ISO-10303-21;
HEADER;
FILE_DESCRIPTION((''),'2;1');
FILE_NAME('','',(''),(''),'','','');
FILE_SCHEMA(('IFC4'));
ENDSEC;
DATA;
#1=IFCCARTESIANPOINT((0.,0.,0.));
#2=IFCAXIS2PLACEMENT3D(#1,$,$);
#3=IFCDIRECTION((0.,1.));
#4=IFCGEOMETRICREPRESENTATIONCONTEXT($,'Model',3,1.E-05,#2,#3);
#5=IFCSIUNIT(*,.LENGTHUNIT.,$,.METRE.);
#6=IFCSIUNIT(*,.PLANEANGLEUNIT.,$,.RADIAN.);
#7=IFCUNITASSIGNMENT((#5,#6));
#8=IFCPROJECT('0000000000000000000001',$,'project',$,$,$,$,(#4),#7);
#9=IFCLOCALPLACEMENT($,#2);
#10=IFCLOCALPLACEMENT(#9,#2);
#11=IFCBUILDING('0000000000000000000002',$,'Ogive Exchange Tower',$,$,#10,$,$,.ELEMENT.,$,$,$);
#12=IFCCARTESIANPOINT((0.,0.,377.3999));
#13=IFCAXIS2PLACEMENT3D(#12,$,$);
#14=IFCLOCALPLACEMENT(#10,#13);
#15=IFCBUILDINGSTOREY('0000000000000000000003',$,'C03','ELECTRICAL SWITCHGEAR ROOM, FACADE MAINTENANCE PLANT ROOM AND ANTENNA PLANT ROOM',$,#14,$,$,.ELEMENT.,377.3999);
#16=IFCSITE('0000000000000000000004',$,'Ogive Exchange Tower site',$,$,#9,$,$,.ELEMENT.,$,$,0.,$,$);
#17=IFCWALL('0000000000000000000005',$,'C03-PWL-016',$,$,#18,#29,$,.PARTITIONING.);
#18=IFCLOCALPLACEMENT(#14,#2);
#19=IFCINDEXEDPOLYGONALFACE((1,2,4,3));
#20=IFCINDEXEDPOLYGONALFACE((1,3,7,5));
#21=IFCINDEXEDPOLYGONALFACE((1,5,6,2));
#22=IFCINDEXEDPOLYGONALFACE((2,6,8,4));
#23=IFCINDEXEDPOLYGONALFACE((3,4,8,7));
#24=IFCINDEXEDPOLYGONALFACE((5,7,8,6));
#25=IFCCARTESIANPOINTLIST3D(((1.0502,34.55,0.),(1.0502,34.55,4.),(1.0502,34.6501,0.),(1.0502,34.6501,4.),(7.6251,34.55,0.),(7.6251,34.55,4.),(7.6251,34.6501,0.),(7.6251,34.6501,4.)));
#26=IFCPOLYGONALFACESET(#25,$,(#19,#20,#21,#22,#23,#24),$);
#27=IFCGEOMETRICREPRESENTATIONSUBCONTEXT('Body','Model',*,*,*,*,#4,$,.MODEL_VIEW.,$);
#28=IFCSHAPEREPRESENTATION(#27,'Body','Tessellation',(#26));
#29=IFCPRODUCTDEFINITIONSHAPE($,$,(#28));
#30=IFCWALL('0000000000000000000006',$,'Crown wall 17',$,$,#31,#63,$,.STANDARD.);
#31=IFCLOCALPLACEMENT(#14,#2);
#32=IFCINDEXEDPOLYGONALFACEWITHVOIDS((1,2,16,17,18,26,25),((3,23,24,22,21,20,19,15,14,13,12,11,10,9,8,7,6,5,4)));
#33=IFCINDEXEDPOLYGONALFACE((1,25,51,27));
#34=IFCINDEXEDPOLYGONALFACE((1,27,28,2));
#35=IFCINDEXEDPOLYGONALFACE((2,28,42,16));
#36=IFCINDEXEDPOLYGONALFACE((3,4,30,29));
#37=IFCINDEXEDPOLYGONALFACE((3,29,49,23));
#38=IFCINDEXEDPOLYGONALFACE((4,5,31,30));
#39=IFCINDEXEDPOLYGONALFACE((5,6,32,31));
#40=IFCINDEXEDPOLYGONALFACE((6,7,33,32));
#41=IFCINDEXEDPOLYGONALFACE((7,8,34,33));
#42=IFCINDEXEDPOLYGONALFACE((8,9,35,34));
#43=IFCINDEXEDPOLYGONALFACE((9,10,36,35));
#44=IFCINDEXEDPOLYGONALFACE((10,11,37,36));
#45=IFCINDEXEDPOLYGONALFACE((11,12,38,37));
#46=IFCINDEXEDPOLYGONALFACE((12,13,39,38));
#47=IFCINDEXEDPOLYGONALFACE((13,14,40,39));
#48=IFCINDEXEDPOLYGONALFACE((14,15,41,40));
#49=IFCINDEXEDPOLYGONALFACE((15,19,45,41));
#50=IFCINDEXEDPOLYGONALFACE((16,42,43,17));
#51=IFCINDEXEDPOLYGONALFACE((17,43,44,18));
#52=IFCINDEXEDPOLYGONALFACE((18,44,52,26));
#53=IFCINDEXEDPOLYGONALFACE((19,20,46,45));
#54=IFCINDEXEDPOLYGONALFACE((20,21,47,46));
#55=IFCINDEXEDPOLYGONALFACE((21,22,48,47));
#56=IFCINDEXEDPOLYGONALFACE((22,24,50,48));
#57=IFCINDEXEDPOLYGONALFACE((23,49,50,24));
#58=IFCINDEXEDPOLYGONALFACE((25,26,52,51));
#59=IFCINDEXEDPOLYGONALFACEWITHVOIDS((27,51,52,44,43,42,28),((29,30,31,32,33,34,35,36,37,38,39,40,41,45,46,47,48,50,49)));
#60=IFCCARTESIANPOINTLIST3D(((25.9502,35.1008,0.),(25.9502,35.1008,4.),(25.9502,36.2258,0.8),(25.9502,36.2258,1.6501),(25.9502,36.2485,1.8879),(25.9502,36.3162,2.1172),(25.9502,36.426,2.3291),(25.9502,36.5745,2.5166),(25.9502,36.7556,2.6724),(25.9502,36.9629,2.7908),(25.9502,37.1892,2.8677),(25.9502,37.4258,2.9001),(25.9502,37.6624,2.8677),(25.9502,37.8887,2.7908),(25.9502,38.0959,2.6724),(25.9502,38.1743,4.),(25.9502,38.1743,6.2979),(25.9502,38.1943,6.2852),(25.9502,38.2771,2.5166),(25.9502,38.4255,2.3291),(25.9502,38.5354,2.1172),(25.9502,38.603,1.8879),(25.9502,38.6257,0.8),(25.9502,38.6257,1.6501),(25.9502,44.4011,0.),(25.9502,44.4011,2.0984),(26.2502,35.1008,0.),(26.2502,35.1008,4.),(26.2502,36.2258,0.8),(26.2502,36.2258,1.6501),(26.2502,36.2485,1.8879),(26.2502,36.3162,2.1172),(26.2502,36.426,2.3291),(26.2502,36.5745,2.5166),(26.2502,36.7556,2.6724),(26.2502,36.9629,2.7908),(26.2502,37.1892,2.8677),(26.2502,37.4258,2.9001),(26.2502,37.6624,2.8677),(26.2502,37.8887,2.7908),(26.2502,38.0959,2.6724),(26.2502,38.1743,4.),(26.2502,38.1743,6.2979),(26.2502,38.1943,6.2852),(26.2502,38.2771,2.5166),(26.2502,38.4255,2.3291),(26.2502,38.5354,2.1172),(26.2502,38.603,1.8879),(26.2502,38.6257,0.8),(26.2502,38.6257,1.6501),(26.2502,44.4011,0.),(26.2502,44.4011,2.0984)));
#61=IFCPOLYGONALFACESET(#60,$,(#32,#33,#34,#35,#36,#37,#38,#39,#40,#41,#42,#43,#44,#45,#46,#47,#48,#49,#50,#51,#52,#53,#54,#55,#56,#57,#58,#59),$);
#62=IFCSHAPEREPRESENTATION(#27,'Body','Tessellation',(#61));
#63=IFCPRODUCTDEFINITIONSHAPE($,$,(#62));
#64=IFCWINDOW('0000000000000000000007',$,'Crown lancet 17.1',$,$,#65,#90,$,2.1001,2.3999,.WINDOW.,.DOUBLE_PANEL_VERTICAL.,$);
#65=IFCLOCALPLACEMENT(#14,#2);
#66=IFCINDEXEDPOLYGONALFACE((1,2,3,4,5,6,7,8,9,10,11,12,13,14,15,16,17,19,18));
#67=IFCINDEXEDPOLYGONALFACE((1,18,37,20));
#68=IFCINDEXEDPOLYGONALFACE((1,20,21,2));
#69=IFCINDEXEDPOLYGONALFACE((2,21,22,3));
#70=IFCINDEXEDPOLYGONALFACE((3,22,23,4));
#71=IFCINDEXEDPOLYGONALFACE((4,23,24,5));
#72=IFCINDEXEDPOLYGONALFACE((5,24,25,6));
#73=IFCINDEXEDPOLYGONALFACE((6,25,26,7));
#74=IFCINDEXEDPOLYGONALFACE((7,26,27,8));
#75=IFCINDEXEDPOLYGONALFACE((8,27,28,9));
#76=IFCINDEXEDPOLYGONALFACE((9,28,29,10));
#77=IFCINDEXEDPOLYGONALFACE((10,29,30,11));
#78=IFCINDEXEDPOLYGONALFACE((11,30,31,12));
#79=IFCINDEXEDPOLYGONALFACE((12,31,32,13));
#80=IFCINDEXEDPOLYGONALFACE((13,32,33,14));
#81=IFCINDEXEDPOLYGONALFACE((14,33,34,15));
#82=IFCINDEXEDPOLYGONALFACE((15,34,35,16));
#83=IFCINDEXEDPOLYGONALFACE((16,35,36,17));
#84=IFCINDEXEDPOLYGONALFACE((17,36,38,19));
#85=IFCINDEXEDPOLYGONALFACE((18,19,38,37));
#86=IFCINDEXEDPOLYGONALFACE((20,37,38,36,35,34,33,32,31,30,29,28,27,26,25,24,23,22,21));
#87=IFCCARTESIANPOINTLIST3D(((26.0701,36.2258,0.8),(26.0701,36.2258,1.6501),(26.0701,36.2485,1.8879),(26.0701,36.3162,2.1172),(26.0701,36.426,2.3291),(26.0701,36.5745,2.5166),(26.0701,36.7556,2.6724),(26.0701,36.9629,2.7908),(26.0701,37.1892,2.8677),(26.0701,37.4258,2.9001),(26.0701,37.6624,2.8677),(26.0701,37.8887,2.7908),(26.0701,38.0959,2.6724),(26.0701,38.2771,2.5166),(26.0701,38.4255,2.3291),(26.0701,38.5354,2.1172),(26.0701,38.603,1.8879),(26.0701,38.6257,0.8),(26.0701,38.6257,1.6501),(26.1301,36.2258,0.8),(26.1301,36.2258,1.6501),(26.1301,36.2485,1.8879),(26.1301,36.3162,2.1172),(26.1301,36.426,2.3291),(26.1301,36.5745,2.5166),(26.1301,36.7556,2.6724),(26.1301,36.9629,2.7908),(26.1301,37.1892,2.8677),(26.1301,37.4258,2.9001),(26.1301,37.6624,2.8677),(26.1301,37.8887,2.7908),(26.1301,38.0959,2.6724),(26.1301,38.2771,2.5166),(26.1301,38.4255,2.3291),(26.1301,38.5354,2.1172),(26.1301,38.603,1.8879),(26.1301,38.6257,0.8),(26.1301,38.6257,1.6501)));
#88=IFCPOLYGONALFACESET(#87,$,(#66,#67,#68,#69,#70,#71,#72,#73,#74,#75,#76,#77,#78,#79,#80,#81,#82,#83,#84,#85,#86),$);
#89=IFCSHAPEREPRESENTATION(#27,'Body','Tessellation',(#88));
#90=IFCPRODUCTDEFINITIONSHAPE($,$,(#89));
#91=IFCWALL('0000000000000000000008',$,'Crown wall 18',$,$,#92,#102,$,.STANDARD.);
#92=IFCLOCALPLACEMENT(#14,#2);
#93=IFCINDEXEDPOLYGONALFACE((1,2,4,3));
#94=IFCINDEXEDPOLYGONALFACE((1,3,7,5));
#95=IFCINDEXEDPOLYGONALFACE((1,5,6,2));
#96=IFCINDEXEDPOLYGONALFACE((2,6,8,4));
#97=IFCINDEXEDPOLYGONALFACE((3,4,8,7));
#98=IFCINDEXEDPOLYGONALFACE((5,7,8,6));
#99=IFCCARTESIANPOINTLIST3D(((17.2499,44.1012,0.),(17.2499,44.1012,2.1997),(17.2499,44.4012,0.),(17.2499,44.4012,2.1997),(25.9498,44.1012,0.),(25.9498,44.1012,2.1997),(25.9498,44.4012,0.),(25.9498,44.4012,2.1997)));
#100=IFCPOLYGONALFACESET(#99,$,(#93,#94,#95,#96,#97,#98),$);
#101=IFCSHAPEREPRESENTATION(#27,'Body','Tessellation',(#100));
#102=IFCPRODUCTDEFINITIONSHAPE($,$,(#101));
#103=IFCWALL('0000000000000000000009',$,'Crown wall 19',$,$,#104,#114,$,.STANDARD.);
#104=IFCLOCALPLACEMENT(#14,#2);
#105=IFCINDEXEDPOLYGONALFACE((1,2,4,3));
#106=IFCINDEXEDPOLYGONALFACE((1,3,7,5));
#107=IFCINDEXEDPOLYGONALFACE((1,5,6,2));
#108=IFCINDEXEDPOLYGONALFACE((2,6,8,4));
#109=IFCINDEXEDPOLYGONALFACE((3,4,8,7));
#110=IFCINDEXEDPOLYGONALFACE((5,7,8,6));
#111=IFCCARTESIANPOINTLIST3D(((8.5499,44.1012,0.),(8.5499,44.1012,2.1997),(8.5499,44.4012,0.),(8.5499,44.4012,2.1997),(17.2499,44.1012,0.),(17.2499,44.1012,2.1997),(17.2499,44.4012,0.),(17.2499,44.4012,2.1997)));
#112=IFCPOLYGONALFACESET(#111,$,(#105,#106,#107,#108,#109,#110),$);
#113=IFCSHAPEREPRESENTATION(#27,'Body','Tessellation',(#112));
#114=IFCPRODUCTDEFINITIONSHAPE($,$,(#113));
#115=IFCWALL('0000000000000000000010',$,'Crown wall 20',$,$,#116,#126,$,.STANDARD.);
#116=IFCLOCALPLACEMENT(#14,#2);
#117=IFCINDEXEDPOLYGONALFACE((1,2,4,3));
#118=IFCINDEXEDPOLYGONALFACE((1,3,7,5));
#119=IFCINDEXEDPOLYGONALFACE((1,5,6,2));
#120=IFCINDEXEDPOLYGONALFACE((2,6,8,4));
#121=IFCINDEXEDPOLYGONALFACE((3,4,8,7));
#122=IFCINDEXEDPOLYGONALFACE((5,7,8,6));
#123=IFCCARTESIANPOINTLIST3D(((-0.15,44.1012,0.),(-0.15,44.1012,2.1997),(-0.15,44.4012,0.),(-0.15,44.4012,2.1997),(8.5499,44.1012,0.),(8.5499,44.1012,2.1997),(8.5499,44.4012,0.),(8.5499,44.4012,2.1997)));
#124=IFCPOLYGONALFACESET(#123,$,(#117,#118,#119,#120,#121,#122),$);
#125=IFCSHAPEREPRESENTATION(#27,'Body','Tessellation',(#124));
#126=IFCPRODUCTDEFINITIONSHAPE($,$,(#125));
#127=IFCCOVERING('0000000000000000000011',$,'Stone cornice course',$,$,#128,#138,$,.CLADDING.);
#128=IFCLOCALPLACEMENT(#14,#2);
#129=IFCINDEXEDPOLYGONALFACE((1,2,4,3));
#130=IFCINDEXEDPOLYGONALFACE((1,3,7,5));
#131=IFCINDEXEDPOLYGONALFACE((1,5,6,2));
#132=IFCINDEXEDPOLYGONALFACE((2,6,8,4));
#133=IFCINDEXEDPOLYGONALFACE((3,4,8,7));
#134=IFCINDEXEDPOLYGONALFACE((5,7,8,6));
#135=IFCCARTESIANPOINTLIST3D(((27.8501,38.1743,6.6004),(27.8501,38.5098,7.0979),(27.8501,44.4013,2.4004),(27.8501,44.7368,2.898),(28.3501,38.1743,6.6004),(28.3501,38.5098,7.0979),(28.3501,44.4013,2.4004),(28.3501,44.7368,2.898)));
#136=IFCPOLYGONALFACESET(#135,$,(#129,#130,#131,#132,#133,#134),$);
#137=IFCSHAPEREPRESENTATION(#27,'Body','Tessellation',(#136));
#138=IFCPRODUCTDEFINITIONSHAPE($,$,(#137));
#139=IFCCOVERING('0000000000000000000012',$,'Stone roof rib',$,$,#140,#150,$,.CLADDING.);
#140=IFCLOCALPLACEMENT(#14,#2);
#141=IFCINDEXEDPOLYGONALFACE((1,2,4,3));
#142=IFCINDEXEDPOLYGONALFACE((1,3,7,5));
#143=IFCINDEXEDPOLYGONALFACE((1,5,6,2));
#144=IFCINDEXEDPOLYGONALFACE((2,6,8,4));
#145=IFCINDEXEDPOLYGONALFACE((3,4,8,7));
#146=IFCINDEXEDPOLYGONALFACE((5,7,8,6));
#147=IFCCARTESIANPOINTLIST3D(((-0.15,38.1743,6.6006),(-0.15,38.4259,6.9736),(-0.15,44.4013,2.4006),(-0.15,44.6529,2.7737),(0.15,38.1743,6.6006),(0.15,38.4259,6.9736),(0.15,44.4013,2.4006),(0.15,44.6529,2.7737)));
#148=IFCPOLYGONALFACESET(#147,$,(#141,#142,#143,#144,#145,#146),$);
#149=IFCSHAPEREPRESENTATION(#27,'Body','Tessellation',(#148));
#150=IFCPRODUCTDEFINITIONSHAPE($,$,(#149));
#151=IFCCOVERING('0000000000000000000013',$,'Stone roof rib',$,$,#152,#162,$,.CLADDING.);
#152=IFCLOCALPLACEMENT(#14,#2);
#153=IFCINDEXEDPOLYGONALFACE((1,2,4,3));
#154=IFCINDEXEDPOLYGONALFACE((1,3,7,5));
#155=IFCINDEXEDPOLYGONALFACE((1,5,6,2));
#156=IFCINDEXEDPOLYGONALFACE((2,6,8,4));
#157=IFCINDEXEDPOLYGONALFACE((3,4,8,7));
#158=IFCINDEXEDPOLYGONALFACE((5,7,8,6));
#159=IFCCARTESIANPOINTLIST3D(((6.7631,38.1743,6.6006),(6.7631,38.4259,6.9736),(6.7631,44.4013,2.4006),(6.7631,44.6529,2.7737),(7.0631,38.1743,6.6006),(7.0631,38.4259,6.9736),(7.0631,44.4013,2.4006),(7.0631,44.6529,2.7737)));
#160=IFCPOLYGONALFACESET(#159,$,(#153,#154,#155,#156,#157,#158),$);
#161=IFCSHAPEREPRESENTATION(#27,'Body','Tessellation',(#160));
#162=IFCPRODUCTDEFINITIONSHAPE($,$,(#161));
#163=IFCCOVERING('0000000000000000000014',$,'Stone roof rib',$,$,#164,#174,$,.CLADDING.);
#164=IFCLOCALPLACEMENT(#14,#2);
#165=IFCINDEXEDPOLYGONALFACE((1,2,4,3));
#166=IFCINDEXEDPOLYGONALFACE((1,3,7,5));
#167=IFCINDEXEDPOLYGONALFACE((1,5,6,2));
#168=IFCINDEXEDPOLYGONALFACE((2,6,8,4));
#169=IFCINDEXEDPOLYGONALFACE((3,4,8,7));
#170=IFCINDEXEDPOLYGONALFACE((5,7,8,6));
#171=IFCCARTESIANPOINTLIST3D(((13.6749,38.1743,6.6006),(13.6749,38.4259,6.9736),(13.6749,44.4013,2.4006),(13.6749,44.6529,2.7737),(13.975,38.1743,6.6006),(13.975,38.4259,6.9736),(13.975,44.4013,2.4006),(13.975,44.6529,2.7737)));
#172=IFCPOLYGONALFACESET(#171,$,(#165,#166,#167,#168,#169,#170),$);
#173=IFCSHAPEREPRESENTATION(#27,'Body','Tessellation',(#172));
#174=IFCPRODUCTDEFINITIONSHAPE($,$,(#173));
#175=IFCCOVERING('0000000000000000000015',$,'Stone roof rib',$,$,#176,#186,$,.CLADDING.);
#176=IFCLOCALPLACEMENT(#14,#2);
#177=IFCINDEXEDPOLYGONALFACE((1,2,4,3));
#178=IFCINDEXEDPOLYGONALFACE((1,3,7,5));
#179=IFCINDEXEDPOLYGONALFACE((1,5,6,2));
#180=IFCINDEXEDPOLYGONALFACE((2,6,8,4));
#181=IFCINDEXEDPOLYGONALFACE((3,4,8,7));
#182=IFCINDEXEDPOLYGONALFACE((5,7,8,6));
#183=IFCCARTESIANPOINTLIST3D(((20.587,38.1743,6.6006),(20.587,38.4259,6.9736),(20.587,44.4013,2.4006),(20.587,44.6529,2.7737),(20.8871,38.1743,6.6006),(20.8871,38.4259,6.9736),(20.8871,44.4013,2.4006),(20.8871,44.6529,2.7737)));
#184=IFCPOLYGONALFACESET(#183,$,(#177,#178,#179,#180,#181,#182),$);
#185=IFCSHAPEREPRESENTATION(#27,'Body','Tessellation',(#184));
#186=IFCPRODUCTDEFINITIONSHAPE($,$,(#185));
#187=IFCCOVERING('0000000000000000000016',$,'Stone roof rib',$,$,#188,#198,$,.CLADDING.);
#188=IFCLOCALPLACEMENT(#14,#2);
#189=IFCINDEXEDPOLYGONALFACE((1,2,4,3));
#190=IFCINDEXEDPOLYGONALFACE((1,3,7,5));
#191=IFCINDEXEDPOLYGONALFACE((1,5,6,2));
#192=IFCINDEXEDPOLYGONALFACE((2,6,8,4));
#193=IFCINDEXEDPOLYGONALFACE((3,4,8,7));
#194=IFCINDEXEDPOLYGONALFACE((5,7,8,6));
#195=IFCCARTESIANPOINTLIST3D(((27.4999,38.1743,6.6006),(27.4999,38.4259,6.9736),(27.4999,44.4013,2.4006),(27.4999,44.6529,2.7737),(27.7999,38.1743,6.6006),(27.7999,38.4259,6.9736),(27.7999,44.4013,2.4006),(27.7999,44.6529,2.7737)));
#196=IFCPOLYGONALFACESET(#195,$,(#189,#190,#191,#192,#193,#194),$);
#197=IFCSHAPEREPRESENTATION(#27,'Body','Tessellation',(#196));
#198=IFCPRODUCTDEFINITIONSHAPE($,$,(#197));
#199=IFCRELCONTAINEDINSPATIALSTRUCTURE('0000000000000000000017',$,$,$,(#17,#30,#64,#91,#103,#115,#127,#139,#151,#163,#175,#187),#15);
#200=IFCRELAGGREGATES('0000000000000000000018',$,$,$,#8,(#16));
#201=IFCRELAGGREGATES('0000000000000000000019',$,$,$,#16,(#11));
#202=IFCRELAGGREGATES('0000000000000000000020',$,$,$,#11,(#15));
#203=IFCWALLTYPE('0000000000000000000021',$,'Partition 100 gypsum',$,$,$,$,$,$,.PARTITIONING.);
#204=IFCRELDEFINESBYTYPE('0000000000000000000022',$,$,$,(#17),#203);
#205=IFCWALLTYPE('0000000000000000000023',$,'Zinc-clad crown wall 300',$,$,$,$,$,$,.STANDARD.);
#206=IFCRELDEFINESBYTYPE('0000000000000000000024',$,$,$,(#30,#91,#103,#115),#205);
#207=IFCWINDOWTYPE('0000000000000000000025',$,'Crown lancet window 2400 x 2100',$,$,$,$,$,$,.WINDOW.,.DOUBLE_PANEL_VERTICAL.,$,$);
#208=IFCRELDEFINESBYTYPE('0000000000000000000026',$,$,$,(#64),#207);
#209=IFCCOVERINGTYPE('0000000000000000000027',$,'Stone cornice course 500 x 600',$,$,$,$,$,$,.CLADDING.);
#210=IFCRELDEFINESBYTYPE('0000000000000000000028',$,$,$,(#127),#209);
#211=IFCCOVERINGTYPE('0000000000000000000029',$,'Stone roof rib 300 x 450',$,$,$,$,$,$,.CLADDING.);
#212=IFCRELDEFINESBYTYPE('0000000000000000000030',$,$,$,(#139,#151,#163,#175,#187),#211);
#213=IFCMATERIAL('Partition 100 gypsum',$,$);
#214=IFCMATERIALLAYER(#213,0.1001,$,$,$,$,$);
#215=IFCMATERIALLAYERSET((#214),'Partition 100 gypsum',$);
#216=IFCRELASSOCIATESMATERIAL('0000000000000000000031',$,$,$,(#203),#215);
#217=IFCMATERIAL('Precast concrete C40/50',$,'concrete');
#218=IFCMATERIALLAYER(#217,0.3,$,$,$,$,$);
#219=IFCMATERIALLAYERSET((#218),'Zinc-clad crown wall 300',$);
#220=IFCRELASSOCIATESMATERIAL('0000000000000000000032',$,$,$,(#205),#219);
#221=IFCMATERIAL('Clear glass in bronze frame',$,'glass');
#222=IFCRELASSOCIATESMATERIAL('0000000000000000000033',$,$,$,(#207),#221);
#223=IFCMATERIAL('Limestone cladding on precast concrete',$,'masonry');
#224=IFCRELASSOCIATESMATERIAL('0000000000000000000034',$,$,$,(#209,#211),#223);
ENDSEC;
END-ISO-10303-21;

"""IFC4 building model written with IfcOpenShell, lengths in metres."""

from ifc_helpers import new_model, si_unit, direction, frame, frame_2d, origin, origin_2d, place, context, subcontext, project, spatial, polyline, rectangle, outline, extrude, material, layer, layer_set, material_profile, profile_set, type_object, element, fill, save


model = new_model("IFC4")

# Units and contexts
model_context = context("Model", 3, precision=1e-05, world=origin(), true_north=direction((0.0, 1.0)))
body_context = subcontext(model_context, "Body", "Model", "MODEL_VIEW")
ifc_project = project(units=[si_unit("LENGTHUNIT", "METRE"), si_unit("PLANEANGLEUNIT", "RADIAN")], contexts=[model_context])

# Site, building, storey
site_placement = place(None, origin())
site = spatial("IfcSite", under=ifc_project, at=site_placement, Name="Ogive Exchange Tower site", CompositionType="ELEMENT", RefElevation=0.0)
building_placement = place(site_placement, origin())
building = spatial("IfcBuilding", under=site, at=building_placement, Name="Ogive Exchange Tower", CompositionType="ELEMENT")
storey_placement = place(building_placement, frame((0.0, 0.0, 377.3999)))
storey = spatial("IfcBuildingStorey", under=building, at=storey_placement, Name="C03", Description="ELECTRICAL SWITCHGEAR ROOM, FACADE MAINTENANCE PLANT ROOM AND ANTENNA PLANT ROOM", CompositionType="ELEMENT", Elevation=377.3999)

# Wall
ifc_material_1 = material(Name="Partition 100 gypsum")
ifc_layer_1 = layer(ifc_material_1, 0.1001)
ifc_layer_set_1 = layer_set([ifc_layer_1], Name="Partition 100 gypsum")
wall_type_1 = type_object("IfcWallType", Name="Partition 100 gypsum", PredefinedType="PARTITIONING", material=ifc_layer_set_1)
wall_1_placement = place(storey_placement, frame((1.05, 34.6001, 0.0), z_axis=(0.0, 0.0, 1.0), x_axis=(1.0, 0.0, 0.0)))
element("IfcWall", 1, at=wall_1_placement, inside=storey, type_object=wall_type_1, Name="C03-PWL-016", PredefinedType="PARTITIONING", context=body_context, shape_type="SweptSolid", body=[
    extrude(rectangle(XDim=6.575, YDim=0.1001, at=frame_2d((3.2876, 0.0))), origin(), (0.0, 0.0, 1.0), 4.0),
])

# Wall, opening, window
ifc_material_2 = material(Name="Precast concrete C40/50", Category="concrete")
ifc_layer_2 = layer(ifc_material_2, 0.3)
ifc_layer_set_2 = layer_set([ifc_layer_2], Name="Zinc-clad crown wall 300")
wall_type_2 = type_object("IfcWallType", Name="Zinc-clad crown wall 300", PredefinedType="STANDARD", material=ifc_layer_set_2)
wall_2_placement = place(storey_placement, frame((26.1001, 35.1008, 0.0), z_axis=(0.0, 0.0, 1.0), x_axis=(0.0, 1.0, 0.0)))
wall_2 = element("IfcWall", 2, at=wall_2_placement, inside=storey, type_object=wall_type_2, Name="Crown wall 17", PredefinedType="STANDARD", context=body_context, shape_type="SweptSolid", body=[
    extrude(outline(polyline([(0.0, 0.0), (9.3003, 0.0), (9.3003, 2.0984), (6.4812, 4.0), (3.0935, 6.2852), (3.0735, 6.2979), (3.0735, 4.0), (0.0, 4.0), (0.0, 0.0)])), frame((0.0, 0.1499, 0.0), z_axis=(0.0, -1.0, 0.0), x_axis=(1.0, 0.0, 0.0)), (0.0, 0.0, 1.0), 0.3),
])
opening_1_placement = place(wall_2_placement, frame((1.125, 0.0, 0.8)))
opening_1 = element("IfcOpeningElement", 3, at=opening_1_placement, cuts=wall_2, PredefinedType="OPENING", context=body_context, shape_type="SweptSolid", body=[
    extrude(outline(polyline([(0.0, 0.0), (2.3999, 0.0), (2.3999, 0.8501), (2.3772, 1.0879), (2.3096, 1.3171), (2.1997, 1.5291), (2.0513, 1.7166), (1.8701, 1.8723), (1.6628, 1.9907), (1.4365, 2.0676), (1.2, 2.1001), (0.9634, 2.0676), (0.7371, 1.9907), (0.5298, 1.8723), (0.3486, 1.7166), (0.2002, 1.5291), (0.0903, 1.3171), (0.0227, 1.0879), (0.0, 0.8501), (0.0, 0.0)])), frame((0.0, 0.1599, 0.0), z_axis=(0.0, -1.0, 0.0), x_axis=(1.0, 0.0, 0.0)), (0.0, 0.0, 1.0), 0.3201),
])
ifc_material_3 = material(Name="Clear glass in bronze frame", Category="glass")
window_type = type_object("IfcWindowType", Name="Crown lancet window 2400 x 2100", PartitioningType="DOUBLE_PANEL_VERTICAL", PredefinedType="WINDOW", material=ifc_material_3)
window_placement = place(opening_1_placement, origin())
window = element("IfcWindow", 4, at=window_placement, inside=storey, type_object=window_type, Name="Crown lancet 17.1", OverallHeight=2.1001, OverallWidth=2.3999, PartitioningType="DOUBLE_PANEL_VERTICAL", PredefinedType="WINDOW", context=body_context, shape_type="SweptSolid", body=[
    extrude(outline(polyline([(0.0, 0.0), (2.3999, 0.0), (2.3999, 0.8501), (2.3772, 1.0879), (2.3096, 1.3171), (2.1997, 1.5291), (2.0513, 1.7166), (1.8701, 1.8723), (1.6628, 1.9907), (1.4365, 2.0676), (1.2, 2.1001), (0.9634, 2.0676), (0.7371, 1.9907), (0.5298, 1.8723), (0.3486, 1.7166), (0.2002, 1.5291), (0.0903, 1.3171), (0.0227, 1.0879), (0.0, 0.8501), (0.0, 0.0)])), frame((0.0, 0.03, 0.0), z_axis=(0.0, -1.0, 0.0), x_axis=(1.0, 0.0, 0.0)), (0.0, 0.0, 1.0), 0.0601),
])
fill(opening_1, window)

# Walls
for number, where, z_axis, x_axis, name in (
    (5, (25.95, 44.2512, 0.0), (0.0, 0.0, 1.0), (-1.0, 0.0, 0.0), "Crown wall 18"),
    (6, (17.25, 44.2512, 0.0), (0.0, 0.0, 1.0), (-1.0, 0.0, 0.0), "Crown wall 19"),
    (7, (8.55, 44.2512, 0.0), (0.0, 0.0, 1.0), (-1.0, 0.0, 0.0), "Crown wall 20"),
):
    element("IfcWall", number, at=place(storey_placement, frame(where, z_axis=z_axis, x_axis=x_axis)), inside=storey, type_object=wall_type_2, Name=name, PredefinedType="STANDARD", context=body_context, shape_type="SweptSolid", body=[
        extrude(rectangle(XDim=8.7, YDim=0.3, at=frame_2d((4.3501, 0.0))), origin(), (0.0, 0.0, 1.0), 2.1997),
    ])

# Coverings
ifc_material_4 = material(Name="Limestone cladding on precast concrete", Category="masonry")
ifc_material_profile_1 = material_profile(ifc_material_4, rectangle(XDim=0.5, YDim=0.6001, at=origin_2d()), Name="CORNICE 500 x 600")
ifc_profile_set_1 = profile_set([ifc_material_profile_1], Name="Limestone cladding on precast concrete")
covering_type_1 = type_object("IfcCoveringType", Name="Stone cornice course 500 x 600", PredefinedType="CLADDING", material=ifc_profile_set_1)
covering_1_placement = place(storey_placement, frame((28.1001, 38.342, 6.8491), z_axis=(0.0, 0.829053, -0.55917), x_axis=(-1.0, 0.0, 0.0)))
element("IfcCovering", 8, at=covering_1_placement, inside=storey, type_object=covering_type_1, Name="Stone cornice course", PredefinedType="CLADDING", context=body_context, shape_type="SweptSolid", body=[
    extrude(rectangle(XDim=0.5, YDim=0.6001, at=origin_2d()), origin(), (0.0, 0.0, 1.0), 7.511),
])
ifc_material_profile_2 = material_profile(ifc_material_4, rectangle(XDim=0.3, YDim=0.45, at=origin_2d()), Name="RIB 300 x 450")
ifc_profile_set_2 = profile_set([ifc_material_profile_2], Name="Limestone cladding on precast concrete")
covering_type_2 = type_object("IfcCoveringType", Name="Stone roof rib 300 x 450", PredefinedType="CLADDING", material=ifc_profile_set_2)
for number, where, z_axis, x_axis, name in (
    (9, (0.0, 44.5271, 2.5872), (0.0, -0.829053, 0.55917), (1.0, 0.0, 0.0), "Stone roof rib"),
    (10, (6.9131, 44.5271, 2.5872), (0.0, -0.829053, 0.55917), (1.0, 0.0, 0.0), "Stone roof rib"),
    (11, (13.825, 44.5271, 2.5872), (0.0, -0.829053, 0.55917), (1.0, 0.0, 0.0), "Stone roof rib"),
    (12, (20.7371, 44.5271, 2.5872), (0.0, -0.829053, 0.55917), (1.0, 0.0, 0.0), "Stone roof rib"),
    (13, (27.6499, 44.5271, 2.5872), (0.0, -0.829053, 0.55917), (1.0, 0.0, 0.0), "Stone roof rib"),
):
    element("IfcCovering", number, at=place(storey_placement, frame(where, z_axis=z_axis, x_axis=x_axis)), inside=storey, type_object=covering_type_2, Name=name, PredefinedType="CLADDING", context=body_context, shape_type="SweptSolid", body=[
        extrude(rectangle(XDim=0.3, YDim=0.45, at=origin_2d()), origin(), (0.0, 0.0, 1.0), 7.511),
    ])

save(model, "model.ifc")
